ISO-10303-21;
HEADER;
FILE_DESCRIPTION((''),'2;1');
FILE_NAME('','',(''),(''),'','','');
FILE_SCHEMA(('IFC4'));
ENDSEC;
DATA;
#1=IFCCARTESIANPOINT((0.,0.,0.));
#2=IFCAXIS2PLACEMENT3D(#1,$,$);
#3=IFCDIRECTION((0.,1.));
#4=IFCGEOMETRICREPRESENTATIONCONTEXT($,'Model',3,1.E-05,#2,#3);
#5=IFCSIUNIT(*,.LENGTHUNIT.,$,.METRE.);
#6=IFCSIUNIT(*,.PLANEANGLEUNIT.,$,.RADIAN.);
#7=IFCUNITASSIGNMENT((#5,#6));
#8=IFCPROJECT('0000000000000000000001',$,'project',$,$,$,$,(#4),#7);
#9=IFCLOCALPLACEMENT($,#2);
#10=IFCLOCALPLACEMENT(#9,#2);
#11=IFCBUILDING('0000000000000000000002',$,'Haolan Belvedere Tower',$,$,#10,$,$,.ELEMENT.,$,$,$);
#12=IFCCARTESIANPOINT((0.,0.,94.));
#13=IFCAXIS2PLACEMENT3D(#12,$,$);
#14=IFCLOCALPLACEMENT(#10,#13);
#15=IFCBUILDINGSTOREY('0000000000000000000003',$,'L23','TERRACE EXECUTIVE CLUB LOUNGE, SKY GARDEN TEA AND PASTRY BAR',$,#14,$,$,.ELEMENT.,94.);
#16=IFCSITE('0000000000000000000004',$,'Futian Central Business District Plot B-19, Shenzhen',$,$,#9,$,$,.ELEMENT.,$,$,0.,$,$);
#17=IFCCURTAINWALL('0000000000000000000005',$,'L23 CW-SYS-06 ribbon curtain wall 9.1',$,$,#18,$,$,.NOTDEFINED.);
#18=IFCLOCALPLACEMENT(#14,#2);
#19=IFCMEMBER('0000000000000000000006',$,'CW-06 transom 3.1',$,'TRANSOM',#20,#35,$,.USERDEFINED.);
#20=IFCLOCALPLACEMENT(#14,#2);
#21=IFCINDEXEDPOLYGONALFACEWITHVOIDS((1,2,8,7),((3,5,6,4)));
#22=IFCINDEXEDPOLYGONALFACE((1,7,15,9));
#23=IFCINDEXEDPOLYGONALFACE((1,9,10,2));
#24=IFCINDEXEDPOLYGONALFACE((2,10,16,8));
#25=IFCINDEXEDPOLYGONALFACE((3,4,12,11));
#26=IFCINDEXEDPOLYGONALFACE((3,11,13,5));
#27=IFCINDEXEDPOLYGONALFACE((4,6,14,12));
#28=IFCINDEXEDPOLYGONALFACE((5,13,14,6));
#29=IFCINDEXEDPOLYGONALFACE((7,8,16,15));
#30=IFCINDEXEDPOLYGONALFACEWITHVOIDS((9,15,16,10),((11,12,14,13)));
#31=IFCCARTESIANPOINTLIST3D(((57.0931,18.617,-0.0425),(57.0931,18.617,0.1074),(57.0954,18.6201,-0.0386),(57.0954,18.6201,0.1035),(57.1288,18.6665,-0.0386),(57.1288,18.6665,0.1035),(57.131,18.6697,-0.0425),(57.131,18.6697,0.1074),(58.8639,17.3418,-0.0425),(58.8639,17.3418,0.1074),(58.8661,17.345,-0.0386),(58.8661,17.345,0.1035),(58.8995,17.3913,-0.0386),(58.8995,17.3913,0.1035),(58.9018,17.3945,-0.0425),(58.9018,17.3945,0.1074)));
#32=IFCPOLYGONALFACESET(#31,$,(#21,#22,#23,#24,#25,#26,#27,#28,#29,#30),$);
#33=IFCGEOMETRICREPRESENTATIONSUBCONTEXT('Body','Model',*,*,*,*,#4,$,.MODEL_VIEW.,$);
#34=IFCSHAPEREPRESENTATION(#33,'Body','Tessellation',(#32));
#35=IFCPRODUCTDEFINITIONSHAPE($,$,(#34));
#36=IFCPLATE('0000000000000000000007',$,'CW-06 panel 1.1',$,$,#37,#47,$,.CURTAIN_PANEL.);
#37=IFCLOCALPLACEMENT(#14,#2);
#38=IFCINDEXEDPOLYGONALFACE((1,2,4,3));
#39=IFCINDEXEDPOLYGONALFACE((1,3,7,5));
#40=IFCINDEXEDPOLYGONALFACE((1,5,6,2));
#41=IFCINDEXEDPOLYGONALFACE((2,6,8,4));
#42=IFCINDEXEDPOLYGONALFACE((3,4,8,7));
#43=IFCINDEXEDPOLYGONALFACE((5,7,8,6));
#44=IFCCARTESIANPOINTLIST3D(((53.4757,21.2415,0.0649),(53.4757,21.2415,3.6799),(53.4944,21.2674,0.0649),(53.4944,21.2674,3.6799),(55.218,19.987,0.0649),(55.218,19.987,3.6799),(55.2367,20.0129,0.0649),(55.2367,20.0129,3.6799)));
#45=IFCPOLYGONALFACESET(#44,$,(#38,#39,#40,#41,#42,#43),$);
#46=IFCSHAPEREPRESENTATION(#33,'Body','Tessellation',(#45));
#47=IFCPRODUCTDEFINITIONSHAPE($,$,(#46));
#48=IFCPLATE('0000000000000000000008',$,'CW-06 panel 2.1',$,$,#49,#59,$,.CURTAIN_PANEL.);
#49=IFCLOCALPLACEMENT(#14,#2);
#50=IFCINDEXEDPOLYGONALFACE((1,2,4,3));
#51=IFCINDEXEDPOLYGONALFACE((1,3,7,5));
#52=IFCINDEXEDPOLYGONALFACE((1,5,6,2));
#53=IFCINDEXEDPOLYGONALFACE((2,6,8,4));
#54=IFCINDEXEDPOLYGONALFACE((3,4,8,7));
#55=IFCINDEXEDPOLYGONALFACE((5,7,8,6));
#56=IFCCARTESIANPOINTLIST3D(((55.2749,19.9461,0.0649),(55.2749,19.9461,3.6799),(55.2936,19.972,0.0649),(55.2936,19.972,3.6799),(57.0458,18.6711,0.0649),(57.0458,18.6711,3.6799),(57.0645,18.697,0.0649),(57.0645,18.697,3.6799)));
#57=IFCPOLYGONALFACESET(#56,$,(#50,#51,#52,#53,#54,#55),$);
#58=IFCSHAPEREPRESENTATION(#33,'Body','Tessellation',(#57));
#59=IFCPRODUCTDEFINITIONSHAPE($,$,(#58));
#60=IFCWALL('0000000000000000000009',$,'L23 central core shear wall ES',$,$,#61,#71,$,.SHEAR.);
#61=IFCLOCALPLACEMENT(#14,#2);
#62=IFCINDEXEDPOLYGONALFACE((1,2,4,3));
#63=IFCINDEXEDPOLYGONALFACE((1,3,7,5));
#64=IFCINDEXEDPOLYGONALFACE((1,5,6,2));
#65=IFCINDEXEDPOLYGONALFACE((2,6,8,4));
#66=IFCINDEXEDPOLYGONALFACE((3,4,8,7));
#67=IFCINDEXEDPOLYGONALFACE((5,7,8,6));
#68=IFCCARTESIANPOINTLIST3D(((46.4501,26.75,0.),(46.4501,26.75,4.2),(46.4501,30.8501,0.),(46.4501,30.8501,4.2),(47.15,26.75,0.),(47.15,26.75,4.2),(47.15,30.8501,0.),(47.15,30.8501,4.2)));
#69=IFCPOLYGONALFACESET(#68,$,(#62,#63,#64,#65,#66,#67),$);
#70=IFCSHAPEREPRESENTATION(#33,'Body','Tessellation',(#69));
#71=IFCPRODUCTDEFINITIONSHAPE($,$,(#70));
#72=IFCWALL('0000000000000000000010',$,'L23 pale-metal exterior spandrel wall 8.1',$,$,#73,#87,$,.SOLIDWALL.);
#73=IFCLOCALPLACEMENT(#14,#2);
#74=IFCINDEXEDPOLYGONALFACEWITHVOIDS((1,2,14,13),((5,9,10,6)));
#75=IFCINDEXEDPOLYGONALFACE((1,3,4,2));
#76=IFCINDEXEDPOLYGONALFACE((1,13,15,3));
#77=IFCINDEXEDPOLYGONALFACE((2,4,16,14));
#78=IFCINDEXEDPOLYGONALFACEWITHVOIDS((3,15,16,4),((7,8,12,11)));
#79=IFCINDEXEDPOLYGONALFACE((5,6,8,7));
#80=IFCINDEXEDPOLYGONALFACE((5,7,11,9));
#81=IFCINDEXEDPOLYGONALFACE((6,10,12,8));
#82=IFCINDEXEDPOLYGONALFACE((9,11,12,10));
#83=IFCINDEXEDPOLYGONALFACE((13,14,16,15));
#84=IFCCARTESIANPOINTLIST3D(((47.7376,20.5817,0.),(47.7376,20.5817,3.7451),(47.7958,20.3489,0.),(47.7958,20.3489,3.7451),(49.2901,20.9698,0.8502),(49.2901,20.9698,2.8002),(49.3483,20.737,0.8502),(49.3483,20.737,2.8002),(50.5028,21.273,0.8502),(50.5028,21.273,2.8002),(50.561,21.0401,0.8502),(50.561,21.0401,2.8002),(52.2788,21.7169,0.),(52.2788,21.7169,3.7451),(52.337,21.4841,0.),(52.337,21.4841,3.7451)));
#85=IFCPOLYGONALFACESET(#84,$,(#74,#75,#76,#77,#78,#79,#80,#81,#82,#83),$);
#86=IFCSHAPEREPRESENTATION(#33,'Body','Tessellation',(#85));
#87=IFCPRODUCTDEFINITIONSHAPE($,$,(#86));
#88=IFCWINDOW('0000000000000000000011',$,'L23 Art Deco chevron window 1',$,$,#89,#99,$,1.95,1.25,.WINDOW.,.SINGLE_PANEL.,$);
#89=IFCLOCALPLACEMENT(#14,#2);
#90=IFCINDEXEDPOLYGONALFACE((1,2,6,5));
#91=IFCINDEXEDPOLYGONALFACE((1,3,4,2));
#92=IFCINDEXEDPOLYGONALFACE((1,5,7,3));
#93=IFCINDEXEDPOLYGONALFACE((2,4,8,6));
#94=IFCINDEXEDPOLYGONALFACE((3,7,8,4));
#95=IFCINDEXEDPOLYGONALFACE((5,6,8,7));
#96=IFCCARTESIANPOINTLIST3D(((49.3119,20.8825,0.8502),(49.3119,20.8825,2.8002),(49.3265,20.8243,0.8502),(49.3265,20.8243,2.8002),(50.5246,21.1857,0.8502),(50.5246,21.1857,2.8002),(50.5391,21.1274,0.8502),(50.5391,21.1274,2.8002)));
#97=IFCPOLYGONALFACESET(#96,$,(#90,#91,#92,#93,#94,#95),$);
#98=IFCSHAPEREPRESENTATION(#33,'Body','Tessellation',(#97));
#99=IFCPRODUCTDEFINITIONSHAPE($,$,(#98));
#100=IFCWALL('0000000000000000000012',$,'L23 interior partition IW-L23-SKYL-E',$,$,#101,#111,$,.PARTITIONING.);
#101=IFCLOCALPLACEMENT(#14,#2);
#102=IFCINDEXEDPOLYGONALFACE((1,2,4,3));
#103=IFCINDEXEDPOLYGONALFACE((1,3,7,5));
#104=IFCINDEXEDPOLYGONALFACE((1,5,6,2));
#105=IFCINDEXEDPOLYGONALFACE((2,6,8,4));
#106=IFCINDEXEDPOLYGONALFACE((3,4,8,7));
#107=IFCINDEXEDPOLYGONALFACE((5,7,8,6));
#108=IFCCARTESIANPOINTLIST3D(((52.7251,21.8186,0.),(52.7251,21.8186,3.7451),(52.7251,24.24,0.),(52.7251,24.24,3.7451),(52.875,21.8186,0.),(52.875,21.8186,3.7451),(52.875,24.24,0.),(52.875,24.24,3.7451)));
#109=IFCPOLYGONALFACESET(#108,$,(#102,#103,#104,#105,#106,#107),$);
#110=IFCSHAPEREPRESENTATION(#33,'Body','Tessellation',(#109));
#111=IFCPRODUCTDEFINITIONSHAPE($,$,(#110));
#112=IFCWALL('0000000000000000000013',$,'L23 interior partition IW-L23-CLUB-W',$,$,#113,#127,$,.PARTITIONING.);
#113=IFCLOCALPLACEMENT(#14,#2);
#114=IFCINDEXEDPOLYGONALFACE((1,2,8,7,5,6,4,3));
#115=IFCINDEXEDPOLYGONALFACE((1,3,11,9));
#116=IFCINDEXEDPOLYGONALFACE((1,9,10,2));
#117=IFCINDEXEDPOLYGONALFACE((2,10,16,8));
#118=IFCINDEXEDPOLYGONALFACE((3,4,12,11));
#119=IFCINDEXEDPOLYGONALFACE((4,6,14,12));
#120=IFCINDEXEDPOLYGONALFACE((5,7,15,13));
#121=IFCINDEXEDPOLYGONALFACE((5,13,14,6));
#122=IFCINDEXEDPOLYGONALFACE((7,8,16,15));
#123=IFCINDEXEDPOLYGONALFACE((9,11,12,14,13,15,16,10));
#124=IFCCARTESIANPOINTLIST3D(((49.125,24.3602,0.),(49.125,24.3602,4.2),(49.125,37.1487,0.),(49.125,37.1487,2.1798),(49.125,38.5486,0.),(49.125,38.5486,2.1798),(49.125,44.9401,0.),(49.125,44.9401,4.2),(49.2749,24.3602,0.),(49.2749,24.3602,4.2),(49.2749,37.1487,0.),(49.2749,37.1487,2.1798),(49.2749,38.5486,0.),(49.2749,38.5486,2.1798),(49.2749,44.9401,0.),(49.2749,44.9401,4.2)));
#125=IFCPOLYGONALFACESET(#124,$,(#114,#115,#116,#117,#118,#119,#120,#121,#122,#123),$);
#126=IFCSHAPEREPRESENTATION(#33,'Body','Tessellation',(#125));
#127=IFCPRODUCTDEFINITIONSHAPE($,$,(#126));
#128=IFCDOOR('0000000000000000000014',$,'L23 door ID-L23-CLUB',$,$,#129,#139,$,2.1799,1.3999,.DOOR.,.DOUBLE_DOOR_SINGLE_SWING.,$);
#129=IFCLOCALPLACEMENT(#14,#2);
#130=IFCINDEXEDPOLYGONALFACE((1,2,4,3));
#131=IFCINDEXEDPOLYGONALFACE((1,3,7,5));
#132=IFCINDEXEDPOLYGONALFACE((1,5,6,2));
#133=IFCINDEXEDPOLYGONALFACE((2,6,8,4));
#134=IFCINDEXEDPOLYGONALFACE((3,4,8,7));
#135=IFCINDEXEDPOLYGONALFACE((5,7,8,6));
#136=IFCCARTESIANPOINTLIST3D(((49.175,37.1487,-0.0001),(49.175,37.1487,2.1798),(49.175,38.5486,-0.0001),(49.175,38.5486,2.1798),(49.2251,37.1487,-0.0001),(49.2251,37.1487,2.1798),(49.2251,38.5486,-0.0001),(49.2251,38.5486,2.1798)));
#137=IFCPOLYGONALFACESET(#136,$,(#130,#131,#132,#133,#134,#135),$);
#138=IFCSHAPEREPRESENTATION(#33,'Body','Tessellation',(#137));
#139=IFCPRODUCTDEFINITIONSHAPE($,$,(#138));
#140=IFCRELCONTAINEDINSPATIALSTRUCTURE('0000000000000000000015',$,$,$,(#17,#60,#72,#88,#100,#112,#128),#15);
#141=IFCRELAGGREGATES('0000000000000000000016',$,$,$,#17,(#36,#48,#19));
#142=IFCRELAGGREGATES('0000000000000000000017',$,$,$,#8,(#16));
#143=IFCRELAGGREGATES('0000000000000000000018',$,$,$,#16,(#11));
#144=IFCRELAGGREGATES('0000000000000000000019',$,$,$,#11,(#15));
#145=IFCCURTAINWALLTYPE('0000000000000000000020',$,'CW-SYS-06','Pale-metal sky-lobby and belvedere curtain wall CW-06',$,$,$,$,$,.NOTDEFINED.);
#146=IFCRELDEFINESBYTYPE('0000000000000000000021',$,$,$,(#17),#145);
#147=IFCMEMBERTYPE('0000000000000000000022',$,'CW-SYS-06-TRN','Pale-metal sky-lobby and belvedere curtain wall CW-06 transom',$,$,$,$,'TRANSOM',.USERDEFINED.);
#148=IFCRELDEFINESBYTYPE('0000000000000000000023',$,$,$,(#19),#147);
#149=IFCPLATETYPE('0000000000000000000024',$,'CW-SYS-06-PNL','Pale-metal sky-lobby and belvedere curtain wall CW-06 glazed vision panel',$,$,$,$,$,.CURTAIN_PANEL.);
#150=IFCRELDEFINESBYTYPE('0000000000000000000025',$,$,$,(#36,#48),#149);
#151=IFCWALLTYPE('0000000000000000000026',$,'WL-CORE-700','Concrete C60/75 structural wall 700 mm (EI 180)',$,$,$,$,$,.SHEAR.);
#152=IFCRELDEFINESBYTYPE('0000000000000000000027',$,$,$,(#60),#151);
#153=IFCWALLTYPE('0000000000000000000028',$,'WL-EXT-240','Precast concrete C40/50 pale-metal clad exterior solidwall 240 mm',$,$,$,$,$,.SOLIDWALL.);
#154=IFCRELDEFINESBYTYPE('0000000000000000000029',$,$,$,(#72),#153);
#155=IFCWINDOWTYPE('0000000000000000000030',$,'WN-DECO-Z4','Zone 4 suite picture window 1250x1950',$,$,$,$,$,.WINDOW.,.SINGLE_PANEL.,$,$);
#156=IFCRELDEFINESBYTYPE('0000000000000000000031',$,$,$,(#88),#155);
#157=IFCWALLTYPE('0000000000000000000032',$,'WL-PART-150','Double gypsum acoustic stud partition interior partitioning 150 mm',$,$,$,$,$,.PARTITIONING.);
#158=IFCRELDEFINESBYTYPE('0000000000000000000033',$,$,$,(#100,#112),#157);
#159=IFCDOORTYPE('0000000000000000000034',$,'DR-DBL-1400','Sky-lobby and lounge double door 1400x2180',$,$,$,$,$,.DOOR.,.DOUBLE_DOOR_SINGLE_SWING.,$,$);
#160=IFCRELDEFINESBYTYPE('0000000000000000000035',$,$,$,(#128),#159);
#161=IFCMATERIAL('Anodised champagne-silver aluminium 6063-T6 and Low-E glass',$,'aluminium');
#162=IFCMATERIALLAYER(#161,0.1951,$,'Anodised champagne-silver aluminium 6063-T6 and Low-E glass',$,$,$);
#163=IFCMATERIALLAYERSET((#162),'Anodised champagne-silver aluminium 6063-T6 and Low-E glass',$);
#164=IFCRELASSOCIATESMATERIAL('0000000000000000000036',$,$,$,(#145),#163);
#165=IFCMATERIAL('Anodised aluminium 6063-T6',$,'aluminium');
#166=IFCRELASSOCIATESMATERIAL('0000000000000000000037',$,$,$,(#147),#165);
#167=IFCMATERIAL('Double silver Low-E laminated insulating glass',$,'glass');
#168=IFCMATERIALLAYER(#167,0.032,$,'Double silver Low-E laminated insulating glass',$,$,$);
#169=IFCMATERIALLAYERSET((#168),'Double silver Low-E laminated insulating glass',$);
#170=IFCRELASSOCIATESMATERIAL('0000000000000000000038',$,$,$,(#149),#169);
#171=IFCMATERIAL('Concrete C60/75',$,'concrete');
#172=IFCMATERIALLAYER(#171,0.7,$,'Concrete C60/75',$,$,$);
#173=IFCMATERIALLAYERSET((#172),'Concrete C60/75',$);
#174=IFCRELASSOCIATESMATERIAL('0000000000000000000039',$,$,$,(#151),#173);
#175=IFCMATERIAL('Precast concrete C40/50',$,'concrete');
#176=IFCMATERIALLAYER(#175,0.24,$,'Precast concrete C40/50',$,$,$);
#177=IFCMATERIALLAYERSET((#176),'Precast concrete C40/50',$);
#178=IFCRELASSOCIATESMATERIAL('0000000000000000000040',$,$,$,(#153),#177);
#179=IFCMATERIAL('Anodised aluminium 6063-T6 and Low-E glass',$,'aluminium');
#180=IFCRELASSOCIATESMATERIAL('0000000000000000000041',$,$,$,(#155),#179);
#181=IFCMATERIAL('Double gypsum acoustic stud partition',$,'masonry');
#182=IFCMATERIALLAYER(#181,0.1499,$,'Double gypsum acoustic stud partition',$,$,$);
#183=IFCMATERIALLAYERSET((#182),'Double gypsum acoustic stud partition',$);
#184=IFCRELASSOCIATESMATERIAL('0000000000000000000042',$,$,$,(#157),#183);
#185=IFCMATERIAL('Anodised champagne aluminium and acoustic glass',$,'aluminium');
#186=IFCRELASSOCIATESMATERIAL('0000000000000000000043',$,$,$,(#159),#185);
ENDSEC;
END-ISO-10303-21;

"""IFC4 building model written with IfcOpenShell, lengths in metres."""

from ifc_helpers import new_model, si_unit, direction, frame, frame_2d, origin, origin_2d, place, context, subcontext, project, spatial, rectangle, hollow_rectangle, extrude, material, layer, layer_set, material_profile, profile_set, type_object, element, fill, aggregate, save


model = new_model("IFC4")

# Units and contexts
model_context = context("Model", 3, precision=1e-05, world=origin(), true_north=direction((0.0, 1.0)))
body_context = subcontext(model_context, "Body", "Model", "MODEL_VIEW")
ifc_project = project(units=[si_unit("LENGTHUNIT", "METRE"), si_unit("PLANEANGLEUNIT", "RADIAN")], contexts=[model_context])

# Site, building, storey
site_placement = place(None, origin())
site = spatial("IfcSite", under=ifc_project, at=site_placement, Name="Futian Central Business District Plot B-19, Shenzhen", CompositionType="ELEMENT", RefElevation=0.0)
building_placement = place(site_placement, origin())
building = spatial("IfcBuilding", under=site, at=building_placement, Name="Haolan Belvedere Tower", CompositionType="ELEMENT")
storey_placement = place(building_placement, frame((0.0, 0.0, 94.0)))
storey = spatial("IfcBuildingStorey", under=building, at=storey_placement, Name="L23", Description="TERRACE EXECUTIVE CLUB LOUNGE, SKY GARDEN TEA AND PASTRY BAR", CompositionType="ELEMENT", Elevation=94.0)

# Shared definitions
ifc_material_1 = material(Name="Anodised champagne-silver aluminium 6063-T6 and Low-E glass", Category="aluminium")
ifc_layer_1 = layer(ifc_material_1, 0.1951, Name="Anodised champagne-silver aluminium 6063-T6 and Low-E glass")
ifc_layer_set_1 = layer_set([ifc_layer_1], Name="Anodised champagne-silver aluminium 6063-T6 and Low-E glass")
curtain_wall_type = type_object("IfcCurtainWallType", Name="CW-SYS-06", Description="Pale-metal sky-lobby and belvedere curtain wall CW-06", PredefinedType="NOTDEFINED", material=ifc_layer_set_1)
ifc_material_2 = material(Name="Anodised aluminium 6063-T6", Category="aluminium")

# Curtain wall, member, plates
curtain_wall_1_placement = place(storey_placement, origin())
curtain_wall_1 = element("IfcCurtainWall", 1, at=curtain_wall_1_placement, inside=storey, type_object=curtain_wall_type, Name="L23 CW-SYS-06 ribbon curtain wall 9.1", PredefinedType="NOTDEFINED")
ifc_material_profile_1 = material_profile(ifc_material_2, hollow_rectangle(XDim=0.0649, YDim=0.1499, WallThickness=0.0039, at=origin_2d()), Name="Anodised aluminium 6063-T6")
ifc_profile_set_1 = profile_set([ifc_material_profile_1], Name="Anodised aluminium 6063-T6")
member_type_1 = type_object("IfcMemberType", Name="CW-SYS-06-TRN", Description="Pale-metal sky-lobby and belvedere curtain wall CW-06 transom", ElementType="TRANSOM", PredefinedType="USERDEFINED", material=ifc_profile_set_1)
member_1_placement = place(storey_placement, frame((57.1121, 18.6433, 0.0325), z_axis=(0.81149, -0.584367, 0.0), x_axis=(0.584367, 0.81149, 0.0)))
member_1 = element("IfcMember", 2, at=member_1_placement, type_object=member_type_1, Name="CW-06 transom 3.1", ObjectType="TRANSOM", PredefinedType="USERDEFINED", context=body_context, shape_type="SweptSolid", body=[
    extrude(hollow_rectangle(XDim=0.0649, YDim=0.1499, WallThickness=0.0039, at=origin_2d()), origin(), (0.0, 0.0, 1.0), 2.1821),
])
ifc_material_3 = material(Name="Double silver Low-E laminated insulating glass", Category="glass")
ifc_layer_2 = layer(ifc_material_3, 0.032, Name="Double silver Low-E laminated insulating glass")
ifc_layer_set_2 = layer_set([ifc_layer_2], Name="Double silver Low-E laminated insulating glass")
plate_type = type_object("IfcPlateType", Name="CW-SYS-06-PNL", Description="Pale-metal sky-lobby and belvedere curtain wall CW-06 glazed vision panel", PredefinedType="CURTAIN_PANEL", material=ifc_layer_set_2)
plate_1_placement = place(storey_placement, frame((54.3562, 20.6272, 0.0649), z_axis=(0.0, 0.0, 1.0), x_axis=(0.81154, -0.584297, 0.0)))
plate_1 = element("IfcPlate", 3, at=plate_1_placement, type_object=plate_type, Name="CW-06 panel 1.1", PredefinedType="CURTAIN_PANEL", context=body_context, shape_type="SweptSolid", body=[
    extrude(rectangle(XDim=2.147, YDim=0.032, at=origin_2d()), origin(), (0.0, 0.0, 1.0), 3.615),
])
plate_2_placement = place(storey_placement, frame((56.1697, 19.3215, 0.0649), z_axis=(0.0, 0.0, 1.0), x_axis=(0.81154, -0.584297, 0.0)))
plate_2 = element("IfcPlate", 4, at=plate_2_placement, type_object=plate_type, Name="CW-06 panel 2.1", PredefinedType="CURTAIN_PANEL", context=body_context, shape_type="SweptSolid", body=[
    extrude(rectangle(XDim=2.1821, YDim=0.032, at=origin_2d()), origin(), (0.0, 0.0, 1.0), 3.615),
])
aggregate(curtain_wall_1, [plate_1, plate_2, member_1])

# Wall
ifc_material_4 = material(Name="Concrete C60/75", Category="concrete")
ifc_layer_3 = layer(ifc_material_4, 0.7, Name="Concrete C60/75")
ifc_layer_set_3 = layer_set([ifc_layer_3], Name="Concrete C60/75")
wall_type_1 = type_object("IfcWallType", Name="WL-CORE-700", Description="Concrete C60/75 structural wall 700 mm (EI 180)", PredefinedType="SHEAR", material=ifc_layer_set_3)
wall_1_placement = place(storey_placement, frame((46.8, 26.75, 0.0), z_axis=(0.0, 0.0, 1.0), x_axis=(0.0, 1.0, 0.0)))
element("IfcWall", 5, at=wall_1_placement, inside=storey, type_object=wall_type_1, Name="L23 central core shear wall ES", PredefinedType="SHEAR", context=body_context, shape_type="SweptSolid", body=[
    extrude(rectangle(XDim=4.1001, YDim=0.7, at=frame_2d((2.05, 0.0))), origin(), (0.0, 0.0, 1.0), 4.2),
])

# Wall, opening, window
ifc_material_5 = material(Name="Precast concrete C40/50", Category="concrete")
ifc_layer_4 = layer(ifc_material_5, 0.24, Name="Precast concrete C40/50")
ifc_layer_set_4 = layer_set([ifc_layer_4], Name="Precast concrete C40/50")
wall_type_2 = type_object("IfcWallType", Name="WL-EXT-240", Description="Precast concrete C40/50 pale-metal clad exterior solidwall 240 mm", PredefinedType="SOLIDWALL", material=ifc_layer_set_4)
wall_2_placement = place(storey_placement, frame((47.7668, 20.4653, 0.0), z_axis=(0.0, 0.0, 1.0), x_axis=(0.970146, 0.242523, 0.0)))
wall_2 = element("IfcWall", 6, at=wall_2_placement, inside=storey, type_object=wall_type_2, Name="L23 pale-metal exterior spandrel wall 8.1", PredefinedType="SOLIDWALL", context=body_context, shape_type="SweptSolid", body=[
    extrude(rectangle(XDim=4.6809, YDim=0.24, at=frame_2d((2.3403, 0.0))), origin(), (0.0, 0.0, 1.0), 3.7451),
])
opening_1_placement = place(wall_2_placement, frame((1.6001, 0.0, 0.8501)))
opening_1 = element("IfcOpeningElement", 7, at=opening_1_placement, cuts=wall_2, PredefinedType="OPENING", context=body_context, shape_type="SweptSolid", body=[
    extrude(rectangle(XDim=1.25, YDim=1.95, at=frame_2d((0.625, 0.9751))), frame((0.0, 0.1299, 0.0), z_axis=(0.0, -1.0, 0.0), x_axis=(1.0, 0.0, 0.0)), (0.0, 0.0, 1.0), 0.26),
])
ifc_material_6 = material(Name="Anodised aluminium 6063-T6 and Low-E glass", Category="aluminium")
window_type = type_object("IfcWindowType", Name="WN-DECO-Z4", Description="Zone 4 suite picture window 1250x1950", PartitioningType="SINGLE_PANEL", PredefinedType="WINDOW", material=ifc_material_6)
window_placement = place(opening_1_placement, origin())
window = element("IfcWindow", 8, at=window_placement, inside=storey, type_object=window_type, Name="L23 Art Deco chevron window 1", OverallHeight=1.95, OverallWidth=1.25, PartitioningType="SINGLE_PANEL", PredefinedType="WINDOW", context=body_context, shape_type="SweptSolid", body=[
    extrude(rectangle(XDim=1.25, YDim=1.95, at=frame_2d((0.625, 0.9751))), frame((0.0, 0.03, 0.0), z_axis=(0.0, -1.0, 0.0), x_axis=(1.0, 0.0, 0.0)), (0.0, 0.0, 1.0), 0.0601),
])
fill(opening_1, window)

# Wall
ifc_material_7 = material(Name="Double gypsum acoustic stud partition", Category="masonry")
ifc_layer_5 = layer(ifc_material_7, 0.1499, Name="Double gypsum acoustic stud partition")
ifc_layer_set_5 = layer_set([ifc_layer_5], Name="Double gypsum acoustic stud partition")
wall_type_3 = type_object("IfcWallType", Name="WL-PART-150", Description="Double gypsum acoustic stud partition interior partitioning 150 mm", PredefinedType="PARTITIONING", material=ifc_layer_set_5)
wall_3_placement = place(storey_placement, frame((52.8, 21.8186, 0.0), z_axis=(0.0, 0.0, 1.0), x_axis=(0.0, 1.0, 0.0)))
element("IfcWall", 9, at=wall_3_placement, inside=storey, type_object=wall_type_3, Name="L23 interior partition IW-L23-SKYL-E", PredefinedType="PARTITIONING", context=body_context, shape_type="SweptSolid", body=[
    extrude(rectangle(XDim=2.4214, YDim=0.1499, at=frame_2d((1.2107, 0.0))), origin(), (0.0, 0.0, 1.0), 3.7451),
])

# Wall, opening, door
wall_4_placement = place(storey_placement, frame((49.2, 24.3601, 0.0), z_axis=(0.0, 0.0, 1.0), x_axis=(0.0, 1.0, 0.0)))
wall_4 = element("IfcWall", 10, at=wall_4_placement, inside=storey, type_object=wall_type_3, Name="L23 interior partition IW-L23-CLUB-W", PredefinedType="PARTITIONING", context=body_context, shape_type="SweptSolid", body=[
    extrude(rectangle(XDim=20.5798, YDim=0.1499, at=frame_2d((10.29, 0.0))), origin(), (0.0, 0.0, 1.0), 4.2),
])
opening_2_placement = place(wall_4_placement, frame((12.7886, 0.0, 0.0)))
opening_2 = element("IfcOpeningElement", 11, at=opening_2_placement, cuts=wall_4, PredefinedType="OPENING", context=body_context, shape_type="SweptSolid", body=[
    extrude(rectangle(XDim=1.3999, YDim=2.1799, at=frame_2d((0.7, 1.0898))), frame((0.0, 0.085, 0.0), z_axis=(0.0, -1.0, 0.0), x_axis=(1.0, 0.0, 0.0)), (0.0, 0.0, 1.0), 0.1699),
])
ifc_material_8 = material(Name="Anodised champagne aluminium and acoustic glass", Category="aluminium")
door_type = type_object("IfcDoorType", Name="DR-DBL-1400", Description="Sky-lobby and lounge double door 1400x2180", OperationType="DOUBLE_DOOR_SINGLE_SWING", PredefinedType="DOOR", material=ifc_material_8)
door_placement = place(opening_2_placement, origin())
door = element("IfcDoor", 12, at=door_placement, inside=storey, type_object=door_type, Name="L23 door ID-L23-CLUB", OperationType="DOUBLE_DOOR_SINGLE_SWING", OverallHeight=2.1799, OverallWidth=1.3999, PredefinedType="DOOR", context=body_context, shape_type="SweptSolid", body=[
    extrude(rectangle(XDim=1.3999, YDim=2.1799, at=frame_2d((0.7, 1.0898))), frame((0.0, 0.0249, 0.0), z_axis=(0.0, -1.0, 0.0), x_axis=(1.0, 0.0, 0.0)), (0.0, 0.0, 1.0), 0.05),
])
fill(opening_2, door)

save(model, "model.ifc")
